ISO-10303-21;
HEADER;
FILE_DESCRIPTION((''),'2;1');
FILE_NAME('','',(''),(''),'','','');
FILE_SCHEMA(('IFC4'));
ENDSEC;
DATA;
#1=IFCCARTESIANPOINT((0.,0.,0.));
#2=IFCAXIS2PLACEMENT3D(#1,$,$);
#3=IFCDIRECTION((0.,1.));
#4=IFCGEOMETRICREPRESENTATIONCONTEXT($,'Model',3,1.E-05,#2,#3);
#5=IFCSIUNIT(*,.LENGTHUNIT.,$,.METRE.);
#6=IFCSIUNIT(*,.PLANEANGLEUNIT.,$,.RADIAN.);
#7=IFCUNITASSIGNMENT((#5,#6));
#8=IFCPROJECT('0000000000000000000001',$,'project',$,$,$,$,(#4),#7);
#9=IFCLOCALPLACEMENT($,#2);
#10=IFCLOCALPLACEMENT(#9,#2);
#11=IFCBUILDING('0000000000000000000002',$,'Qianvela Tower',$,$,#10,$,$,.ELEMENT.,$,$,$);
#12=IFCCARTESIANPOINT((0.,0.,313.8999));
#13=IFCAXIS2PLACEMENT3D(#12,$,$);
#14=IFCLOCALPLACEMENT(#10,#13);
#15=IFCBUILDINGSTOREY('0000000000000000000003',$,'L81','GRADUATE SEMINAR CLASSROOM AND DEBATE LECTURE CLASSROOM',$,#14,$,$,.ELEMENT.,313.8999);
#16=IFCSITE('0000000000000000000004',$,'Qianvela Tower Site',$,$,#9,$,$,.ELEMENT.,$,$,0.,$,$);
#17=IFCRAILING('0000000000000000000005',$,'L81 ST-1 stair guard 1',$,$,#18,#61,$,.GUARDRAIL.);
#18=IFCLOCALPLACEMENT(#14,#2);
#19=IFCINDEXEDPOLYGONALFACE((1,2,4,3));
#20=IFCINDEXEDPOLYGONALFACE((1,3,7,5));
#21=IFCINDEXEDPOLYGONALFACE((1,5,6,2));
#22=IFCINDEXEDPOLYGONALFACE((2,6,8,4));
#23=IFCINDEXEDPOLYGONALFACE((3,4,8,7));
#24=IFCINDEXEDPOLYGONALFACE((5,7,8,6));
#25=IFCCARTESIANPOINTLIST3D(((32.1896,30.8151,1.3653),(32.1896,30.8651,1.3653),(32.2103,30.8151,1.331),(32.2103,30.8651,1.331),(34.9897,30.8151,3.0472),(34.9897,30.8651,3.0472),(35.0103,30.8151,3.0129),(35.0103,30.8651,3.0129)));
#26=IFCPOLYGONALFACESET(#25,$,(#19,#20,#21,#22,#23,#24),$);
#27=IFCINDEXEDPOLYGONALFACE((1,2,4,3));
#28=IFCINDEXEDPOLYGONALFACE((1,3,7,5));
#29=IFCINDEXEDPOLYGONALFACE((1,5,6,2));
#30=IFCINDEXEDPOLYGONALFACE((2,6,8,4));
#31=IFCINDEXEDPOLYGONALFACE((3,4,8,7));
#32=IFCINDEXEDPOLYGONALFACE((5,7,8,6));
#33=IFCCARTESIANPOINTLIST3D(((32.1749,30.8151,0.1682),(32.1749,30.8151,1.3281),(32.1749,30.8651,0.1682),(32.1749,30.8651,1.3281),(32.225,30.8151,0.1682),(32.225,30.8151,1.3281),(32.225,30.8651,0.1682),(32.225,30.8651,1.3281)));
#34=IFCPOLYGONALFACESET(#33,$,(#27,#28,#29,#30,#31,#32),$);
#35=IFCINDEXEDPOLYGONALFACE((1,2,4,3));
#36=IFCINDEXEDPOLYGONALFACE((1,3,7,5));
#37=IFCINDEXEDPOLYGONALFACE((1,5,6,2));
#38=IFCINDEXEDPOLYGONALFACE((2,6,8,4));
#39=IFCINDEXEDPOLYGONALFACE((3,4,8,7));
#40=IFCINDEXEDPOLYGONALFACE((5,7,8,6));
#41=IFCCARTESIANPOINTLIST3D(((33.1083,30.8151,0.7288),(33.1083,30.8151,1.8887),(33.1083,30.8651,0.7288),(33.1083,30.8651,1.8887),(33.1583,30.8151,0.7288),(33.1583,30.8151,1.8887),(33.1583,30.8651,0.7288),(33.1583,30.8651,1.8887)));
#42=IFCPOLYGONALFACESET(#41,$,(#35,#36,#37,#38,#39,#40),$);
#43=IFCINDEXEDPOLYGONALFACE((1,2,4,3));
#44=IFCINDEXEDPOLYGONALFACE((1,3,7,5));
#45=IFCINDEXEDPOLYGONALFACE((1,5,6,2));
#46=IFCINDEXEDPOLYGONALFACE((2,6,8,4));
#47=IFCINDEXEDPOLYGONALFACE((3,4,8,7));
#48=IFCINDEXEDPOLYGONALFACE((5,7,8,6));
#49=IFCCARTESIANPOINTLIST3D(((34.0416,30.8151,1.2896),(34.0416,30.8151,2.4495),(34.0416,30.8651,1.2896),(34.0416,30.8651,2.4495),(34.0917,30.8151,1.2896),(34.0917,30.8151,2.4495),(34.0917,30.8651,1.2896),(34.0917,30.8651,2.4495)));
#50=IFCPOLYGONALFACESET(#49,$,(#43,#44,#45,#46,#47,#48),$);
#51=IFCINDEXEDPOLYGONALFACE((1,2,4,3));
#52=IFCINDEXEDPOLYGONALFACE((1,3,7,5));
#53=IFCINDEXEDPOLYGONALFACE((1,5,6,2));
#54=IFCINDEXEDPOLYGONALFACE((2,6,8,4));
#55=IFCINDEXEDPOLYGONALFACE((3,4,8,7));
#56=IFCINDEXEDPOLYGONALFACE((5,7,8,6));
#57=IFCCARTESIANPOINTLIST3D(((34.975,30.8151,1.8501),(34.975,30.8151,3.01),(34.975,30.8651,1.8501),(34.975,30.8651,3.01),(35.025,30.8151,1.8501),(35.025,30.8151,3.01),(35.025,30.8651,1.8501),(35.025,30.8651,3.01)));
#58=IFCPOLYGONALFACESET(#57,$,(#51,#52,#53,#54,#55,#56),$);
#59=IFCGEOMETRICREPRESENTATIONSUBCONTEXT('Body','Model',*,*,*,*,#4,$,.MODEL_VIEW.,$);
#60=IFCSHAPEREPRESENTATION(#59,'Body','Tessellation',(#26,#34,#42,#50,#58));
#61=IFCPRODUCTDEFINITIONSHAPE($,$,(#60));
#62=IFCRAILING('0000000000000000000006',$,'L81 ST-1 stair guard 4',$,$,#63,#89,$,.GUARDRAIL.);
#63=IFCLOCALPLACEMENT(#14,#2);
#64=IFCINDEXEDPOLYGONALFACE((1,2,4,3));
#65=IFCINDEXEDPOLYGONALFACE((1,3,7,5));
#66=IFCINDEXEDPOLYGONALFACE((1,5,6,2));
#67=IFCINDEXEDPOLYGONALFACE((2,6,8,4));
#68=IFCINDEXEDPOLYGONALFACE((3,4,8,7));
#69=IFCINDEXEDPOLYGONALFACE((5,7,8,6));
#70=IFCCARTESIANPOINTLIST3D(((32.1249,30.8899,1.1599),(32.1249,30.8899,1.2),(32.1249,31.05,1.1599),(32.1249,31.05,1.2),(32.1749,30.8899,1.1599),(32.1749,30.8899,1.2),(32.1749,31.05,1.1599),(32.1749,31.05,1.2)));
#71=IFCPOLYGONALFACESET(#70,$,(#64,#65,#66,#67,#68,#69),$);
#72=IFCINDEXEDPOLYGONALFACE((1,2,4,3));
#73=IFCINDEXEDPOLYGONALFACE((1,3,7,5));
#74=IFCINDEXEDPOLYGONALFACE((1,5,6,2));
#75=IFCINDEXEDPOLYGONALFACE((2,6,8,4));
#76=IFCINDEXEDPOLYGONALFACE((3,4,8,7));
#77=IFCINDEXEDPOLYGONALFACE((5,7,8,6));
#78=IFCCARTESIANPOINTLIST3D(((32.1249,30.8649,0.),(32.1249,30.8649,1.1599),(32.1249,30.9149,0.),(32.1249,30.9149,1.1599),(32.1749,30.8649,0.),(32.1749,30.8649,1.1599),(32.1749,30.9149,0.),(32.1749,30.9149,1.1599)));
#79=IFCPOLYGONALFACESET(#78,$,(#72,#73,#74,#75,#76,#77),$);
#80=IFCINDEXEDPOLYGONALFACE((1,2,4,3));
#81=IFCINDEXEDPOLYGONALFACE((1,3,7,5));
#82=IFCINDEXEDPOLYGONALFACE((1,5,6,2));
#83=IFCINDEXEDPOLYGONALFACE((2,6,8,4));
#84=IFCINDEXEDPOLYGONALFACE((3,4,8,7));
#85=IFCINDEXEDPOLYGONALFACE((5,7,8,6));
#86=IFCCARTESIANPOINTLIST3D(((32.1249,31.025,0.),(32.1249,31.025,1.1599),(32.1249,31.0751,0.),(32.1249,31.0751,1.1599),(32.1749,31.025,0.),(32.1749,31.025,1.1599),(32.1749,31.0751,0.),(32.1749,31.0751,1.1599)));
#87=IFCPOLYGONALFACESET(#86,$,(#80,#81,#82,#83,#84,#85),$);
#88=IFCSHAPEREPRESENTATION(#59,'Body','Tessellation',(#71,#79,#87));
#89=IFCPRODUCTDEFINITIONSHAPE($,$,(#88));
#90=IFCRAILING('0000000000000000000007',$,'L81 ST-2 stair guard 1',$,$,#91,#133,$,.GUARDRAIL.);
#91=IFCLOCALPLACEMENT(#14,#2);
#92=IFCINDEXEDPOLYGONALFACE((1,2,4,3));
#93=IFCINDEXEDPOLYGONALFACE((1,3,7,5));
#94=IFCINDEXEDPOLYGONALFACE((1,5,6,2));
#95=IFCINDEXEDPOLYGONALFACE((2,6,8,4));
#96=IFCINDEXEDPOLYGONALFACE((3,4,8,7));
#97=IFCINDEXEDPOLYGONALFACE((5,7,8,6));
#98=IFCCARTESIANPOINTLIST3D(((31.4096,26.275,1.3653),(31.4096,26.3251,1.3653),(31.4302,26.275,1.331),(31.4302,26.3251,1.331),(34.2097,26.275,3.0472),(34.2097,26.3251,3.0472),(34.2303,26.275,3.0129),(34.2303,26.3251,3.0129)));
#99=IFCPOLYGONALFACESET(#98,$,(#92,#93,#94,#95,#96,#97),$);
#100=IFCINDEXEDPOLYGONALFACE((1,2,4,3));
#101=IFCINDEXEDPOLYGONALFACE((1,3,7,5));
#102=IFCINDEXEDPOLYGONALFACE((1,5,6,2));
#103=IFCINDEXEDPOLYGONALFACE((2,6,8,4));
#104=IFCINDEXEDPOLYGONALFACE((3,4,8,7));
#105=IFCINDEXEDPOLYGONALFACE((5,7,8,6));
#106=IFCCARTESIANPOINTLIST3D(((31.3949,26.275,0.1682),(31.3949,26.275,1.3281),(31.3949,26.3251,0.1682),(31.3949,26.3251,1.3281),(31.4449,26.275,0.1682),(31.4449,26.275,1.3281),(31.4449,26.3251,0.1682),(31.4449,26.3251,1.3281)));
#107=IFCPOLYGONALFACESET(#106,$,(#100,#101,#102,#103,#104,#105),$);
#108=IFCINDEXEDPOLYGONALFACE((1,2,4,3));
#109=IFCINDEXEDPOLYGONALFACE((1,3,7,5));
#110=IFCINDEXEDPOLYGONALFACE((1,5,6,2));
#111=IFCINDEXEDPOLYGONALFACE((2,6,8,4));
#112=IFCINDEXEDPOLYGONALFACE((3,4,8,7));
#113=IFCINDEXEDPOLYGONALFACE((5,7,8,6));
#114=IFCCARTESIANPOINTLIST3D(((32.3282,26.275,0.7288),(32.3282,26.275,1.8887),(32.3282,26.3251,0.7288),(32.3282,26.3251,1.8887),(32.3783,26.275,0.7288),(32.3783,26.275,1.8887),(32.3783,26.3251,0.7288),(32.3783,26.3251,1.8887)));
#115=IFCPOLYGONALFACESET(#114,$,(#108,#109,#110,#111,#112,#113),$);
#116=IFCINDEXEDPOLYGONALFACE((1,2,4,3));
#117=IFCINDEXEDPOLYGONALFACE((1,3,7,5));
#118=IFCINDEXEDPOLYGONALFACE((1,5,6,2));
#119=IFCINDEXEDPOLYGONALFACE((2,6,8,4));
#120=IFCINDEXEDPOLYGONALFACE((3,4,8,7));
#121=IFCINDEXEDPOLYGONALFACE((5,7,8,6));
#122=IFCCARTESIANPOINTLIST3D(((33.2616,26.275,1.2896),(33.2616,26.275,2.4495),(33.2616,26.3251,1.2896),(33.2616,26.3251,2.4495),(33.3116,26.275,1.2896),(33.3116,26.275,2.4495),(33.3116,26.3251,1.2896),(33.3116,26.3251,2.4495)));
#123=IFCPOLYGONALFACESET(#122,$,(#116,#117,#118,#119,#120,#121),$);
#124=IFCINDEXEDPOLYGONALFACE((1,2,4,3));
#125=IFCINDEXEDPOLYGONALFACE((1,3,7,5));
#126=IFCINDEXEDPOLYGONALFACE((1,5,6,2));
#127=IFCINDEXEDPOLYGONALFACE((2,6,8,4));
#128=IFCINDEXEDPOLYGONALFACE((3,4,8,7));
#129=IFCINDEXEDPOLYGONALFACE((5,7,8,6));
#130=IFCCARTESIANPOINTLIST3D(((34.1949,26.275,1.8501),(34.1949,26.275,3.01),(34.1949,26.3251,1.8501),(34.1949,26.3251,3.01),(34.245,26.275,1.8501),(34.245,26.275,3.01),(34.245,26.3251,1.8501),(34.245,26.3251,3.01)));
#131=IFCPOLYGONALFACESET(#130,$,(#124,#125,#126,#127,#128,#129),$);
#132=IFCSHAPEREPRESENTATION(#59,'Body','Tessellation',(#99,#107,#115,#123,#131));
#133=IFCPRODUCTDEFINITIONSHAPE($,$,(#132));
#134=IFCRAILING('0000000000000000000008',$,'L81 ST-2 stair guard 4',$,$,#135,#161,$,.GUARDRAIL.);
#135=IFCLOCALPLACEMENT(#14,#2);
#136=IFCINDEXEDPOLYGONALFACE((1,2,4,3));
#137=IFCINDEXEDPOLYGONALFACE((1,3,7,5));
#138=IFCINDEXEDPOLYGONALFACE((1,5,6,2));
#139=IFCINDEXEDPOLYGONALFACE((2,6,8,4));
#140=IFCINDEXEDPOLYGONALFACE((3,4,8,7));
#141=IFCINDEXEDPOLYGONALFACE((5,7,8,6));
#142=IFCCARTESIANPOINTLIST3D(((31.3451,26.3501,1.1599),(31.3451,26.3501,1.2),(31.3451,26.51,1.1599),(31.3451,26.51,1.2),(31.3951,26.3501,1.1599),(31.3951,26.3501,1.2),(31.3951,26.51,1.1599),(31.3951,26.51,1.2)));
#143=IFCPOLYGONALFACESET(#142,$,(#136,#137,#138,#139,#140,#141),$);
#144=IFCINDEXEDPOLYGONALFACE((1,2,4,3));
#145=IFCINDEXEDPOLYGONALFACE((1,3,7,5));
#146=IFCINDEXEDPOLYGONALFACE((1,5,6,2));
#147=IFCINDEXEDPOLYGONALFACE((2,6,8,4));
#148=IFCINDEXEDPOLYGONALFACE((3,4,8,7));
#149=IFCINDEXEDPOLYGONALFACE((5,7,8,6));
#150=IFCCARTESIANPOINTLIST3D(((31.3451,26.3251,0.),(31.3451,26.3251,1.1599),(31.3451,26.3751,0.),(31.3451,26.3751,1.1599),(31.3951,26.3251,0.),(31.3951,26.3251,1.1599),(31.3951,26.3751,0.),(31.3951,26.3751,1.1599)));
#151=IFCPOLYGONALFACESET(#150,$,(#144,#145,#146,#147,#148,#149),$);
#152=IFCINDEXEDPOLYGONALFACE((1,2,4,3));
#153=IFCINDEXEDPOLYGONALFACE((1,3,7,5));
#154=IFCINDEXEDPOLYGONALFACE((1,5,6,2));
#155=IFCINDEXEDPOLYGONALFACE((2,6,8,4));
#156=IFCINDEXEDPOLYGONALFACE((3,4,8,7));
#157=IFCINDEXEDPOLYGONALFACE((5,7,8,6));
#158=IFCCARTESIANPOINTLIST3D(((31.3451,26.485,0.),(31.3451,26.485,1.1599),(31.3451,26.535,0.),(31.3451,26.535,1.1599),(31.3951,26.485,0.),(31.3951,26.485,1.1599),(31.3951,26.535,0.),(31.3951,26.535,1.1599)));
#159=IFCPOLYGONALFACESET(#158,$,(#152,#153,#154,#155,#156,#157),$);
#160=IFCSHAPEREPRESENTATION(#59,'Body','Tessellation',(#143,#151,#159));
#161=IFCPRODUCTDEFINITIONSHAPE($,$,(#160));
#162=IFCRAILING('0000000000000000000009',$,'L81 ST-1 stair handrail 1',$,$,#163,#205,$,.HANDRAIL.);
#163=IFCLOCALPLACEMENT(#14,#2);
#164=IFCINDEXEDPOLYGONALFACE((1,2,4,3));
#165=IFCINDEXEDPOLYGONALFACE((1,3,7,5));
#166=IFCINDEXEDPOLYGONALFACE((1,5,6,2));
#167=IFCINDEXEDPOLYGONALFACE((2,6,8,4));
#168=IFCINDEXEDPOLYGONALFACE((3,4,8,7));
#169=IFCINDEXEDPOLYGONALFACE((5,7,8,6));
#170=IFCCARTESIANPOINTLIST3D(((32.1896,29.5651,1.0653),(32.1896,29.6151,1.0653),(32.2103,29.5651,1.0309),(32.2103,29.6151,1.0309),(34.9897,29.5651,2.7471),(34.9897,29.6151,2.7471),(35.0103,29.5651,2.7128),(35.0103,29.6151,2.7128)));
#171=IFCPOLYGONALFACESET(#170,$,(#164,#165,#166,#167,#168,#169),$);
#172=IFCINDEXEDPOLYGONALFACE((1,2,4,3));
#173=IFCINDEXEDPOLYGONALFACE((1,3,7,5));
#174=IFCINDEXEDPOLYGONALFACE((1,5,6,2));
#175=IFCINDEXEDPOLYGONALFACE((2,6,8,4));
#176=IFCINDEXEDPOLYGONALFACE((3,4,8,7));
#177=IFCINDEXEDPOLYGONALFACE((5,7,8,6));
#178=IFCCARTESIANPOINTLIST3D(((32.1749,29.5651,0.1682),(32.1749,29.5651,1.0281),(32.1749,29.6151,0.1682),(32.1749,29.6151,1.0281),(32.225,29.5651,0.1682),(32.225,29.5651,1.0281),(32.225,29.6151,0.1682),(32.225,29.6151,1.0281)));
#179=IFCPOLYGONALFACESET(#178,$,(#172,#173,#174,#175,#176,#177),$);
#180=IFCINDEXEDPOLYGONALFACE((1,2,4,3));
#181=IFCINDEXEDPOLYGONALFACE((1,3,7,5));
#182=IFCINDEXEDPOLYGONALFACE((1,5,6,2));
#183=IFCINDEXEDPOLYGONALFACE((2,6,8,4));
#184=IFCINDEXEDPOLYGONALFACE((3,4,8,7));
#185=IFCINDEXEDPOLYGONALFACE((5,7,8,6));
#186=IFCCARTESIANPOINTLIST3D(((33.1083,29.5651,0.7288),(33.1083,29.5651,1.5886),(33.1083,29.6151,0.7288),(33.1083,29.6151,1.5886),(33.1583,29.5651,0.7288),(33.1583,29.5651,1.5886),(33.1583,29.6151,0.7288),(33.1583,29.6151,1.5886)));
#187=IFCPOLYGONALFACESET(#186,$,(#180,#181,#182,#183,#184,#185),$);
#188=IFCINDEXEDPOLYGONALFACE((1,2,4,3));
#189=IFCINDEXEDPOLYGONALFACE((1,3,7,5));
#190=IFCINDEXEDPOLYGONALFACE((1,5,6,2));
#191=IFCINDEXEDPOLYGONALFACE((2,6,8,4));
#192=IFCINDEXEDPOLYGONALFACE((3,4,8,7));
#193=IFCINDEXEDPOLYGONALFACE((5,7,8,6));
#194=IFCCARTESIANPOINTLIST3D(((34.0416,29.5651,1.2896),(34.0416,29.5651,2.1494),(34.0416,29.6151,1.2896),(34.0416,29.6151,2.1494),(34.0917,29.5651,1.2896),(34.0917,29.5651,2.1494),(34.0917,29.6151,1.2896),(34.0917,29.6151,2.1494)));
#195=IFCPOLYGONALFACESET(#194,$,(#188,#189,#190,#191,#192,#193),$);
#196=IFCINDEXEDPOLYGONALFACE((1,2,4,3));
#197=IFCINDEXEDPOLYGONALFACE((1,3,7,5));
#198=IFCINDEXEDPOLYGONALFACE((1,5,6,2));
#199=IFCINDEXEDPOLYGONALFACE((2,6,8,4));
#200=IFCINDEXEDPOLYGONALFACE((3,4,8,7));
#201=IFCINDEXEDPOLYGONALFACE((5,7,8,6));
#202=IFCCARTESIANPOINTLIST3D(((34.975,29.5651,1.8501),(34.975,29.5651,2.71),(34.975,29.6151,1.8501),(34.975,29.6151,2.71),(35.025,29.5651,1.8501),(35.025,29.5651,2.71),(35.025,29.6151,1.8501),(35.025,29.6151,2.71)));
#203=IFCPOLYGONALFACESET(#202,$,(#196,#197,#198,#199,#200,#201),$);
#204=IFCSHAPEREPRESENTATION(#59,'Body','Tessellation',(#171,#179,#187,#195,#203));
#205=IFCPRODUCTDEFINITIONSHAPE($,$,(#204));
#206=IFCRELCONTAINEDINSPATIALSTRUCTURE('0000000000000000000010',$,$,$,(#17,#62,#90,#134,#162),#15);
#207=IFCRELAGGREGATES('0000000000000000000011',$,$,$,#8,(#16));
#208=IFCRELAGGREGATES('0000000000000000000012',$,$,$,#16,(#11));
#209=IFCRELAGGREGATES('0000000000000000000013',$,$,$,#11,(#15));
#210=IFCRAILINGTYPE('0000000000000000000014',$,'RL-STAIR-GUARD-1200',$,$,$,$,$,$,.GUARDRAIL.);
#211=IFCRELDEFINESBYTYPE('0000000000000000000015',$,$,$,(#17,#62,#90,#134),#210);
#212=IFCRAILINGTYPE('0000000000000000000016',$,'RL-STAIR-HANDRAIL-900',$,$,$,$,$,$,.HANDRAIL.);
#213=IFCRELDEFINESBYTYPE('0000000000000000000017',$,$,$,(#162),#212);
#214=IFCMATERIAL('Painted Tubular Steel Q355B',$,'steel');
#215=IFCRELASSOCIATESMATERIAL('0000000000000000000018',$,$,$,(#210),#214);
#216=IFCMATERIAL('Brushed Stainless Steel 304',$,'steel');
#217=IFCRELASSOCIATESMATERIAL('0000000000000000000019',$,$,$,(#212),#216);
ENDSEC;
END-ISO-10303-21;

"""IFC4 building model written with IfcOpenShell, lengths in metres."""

from ifc_helpers import new_model, si_unit, direction, frame, origin, origin_2d, place, context, subcontext, project, spatial, rectangle, extrude, material, type_object, element, save


model = new_model("IFC4")

# Units and contexts
model_context = context("Model", 3, precision=1e-05, world=origin(), true_north=direction((0.0, 1.0)))
body_context = subcontext(model_context, "Body", "Model", "MODEL_VIEW")
ifc_project = project(units=[si_unit("LENGTHUNIT", "METRE"), si_unit("PLANEANGLEUNIT", "RADIAN")], contexts=[model_context])

# Site, building, storey
site_placement = place(None, origin())
site = spatial("IfcSite", under=ifc_project, at=site_placement, Name="Qianvela Tower Site", CompositionType="ELEMENT", RefElevation=0.0)
building_placement = place(site_placement, origin())
building = spatial("IfcBuilding", under=site, at=building_placement, Name="Qianvela Tower", CompositionType="ELEMENT")
storey_placement = place(building_placement, frame((0.0, 0.0, 313.8999)))
storey = spatial("IfcBuildingStorey", under=building, at=storey_placement, Name="L81", Description="GRADUATE SEMINAR CLASSROOM AND DEBATE LECTURE CLASSROOM", CompositionType="ELEMENT", Elevation=313.8999)

# Railings
ifc_material_1 = material(Name="Painted Tubular Steel Q355B", Category="steel")
railing_type_1 = type_object("IfcRailingType", Name="RL-STAIR-GUARD-1200", PredefinedType="GUARDRAIL", material=ifc_material_1)
railing_1_placement = place(storey_placement, frame((32.2, 30.8401, 0.1682)))
element("IfcRailing", 1, at=railing_1_placement, inside=storey, type_object=railing_type_1, Name="L81 ST-1 stair guard 1", PredefinedType="GUARDRAIL", context=body_context, shape_type="SweptSolid", body=[
    extrude(rectangle(XDim=0.05, YDim=0.04, at=origin_2d()), frame((0.0, 0.0, 1.1799), z_axis=(0.857242, 0.0, 0.514913), x_axis=(0.0, 1.0, 0.0)), (0.0, 0.0, 1.0), 3.2664),
    extrude(rectangle(XDim=0.05, YDim=0.05, at=origin_2d()), origin(), (0.0, 0.0, 1.0), 1.1599),
    extrude(rectangle(XDim=0.05, YDim=0.05, at=origin_2d()), frame((0.9333, 0.0, 0.5605)), (0.0, 0.0, 1.0), 1.1599),
    extrude(rectangle(XDim=0.05, YDim=0.05, at=origin_2d()), frame((1.8667, 0.0, 1.1213)), (0.0, 0.0, 1.0), 1.1599),
    extrude(rectangle(XDim=0.05, YDim=0.05, at=origin_2d()), frame((2.8, 0.0, 1.6819)), (0.0, 0.0, 1.0), 1.1599),
])
railing_2_placement = place(storey_placement, frame((32.1499, 30.8899, 0.0)))
element("IfcRailing", 2, at=railing_2_placement, inside=storey, type_object=railing_type_1, Name="L81 ST-1 stair guard 4", PredefinedType="GUARDRAIL", context=body_context, shape_type="SweptSolid", body=[
    extrude(rectangle(XDim=0.05, YDim=0.04, at=origin_2d()), frame((0.0, 0.0, 1.1799), z_axis=(0.0, 1.0, 0.0), x_axis=(-1.0, 0.0, 0.0)), (0.0, 0.0, 1.0), 0.1602),
    extrude(rectangle(XDim=0.05, YDim=0.05, at=origin_2d()), origin(), (0.0, 0.0, 1.0), 1.1599),
    extrude(rectangle(XDim=0.05, YDim=0.05, at=origin_2d()), frame((0.0, 0.1602, 0.0)), (0.0, 0.0, 1.0), 1.1599),
])
railing_3_placement = place(storey_placement, frame((31.4199, 26.3, 0.1682)))
element("IfcRailing", 3, at=railing_3_placement, inside=storey, type_object=railing_type_1, Name="L81 ST-2 stair guard 1", PredefinedType="GUARDRAIL", context=body_context, shape_type="SweptSolid", body=[
    extrude(rectangle(XDim=0.05, YDim=0.04, at=origin_2d()), frame((0.0, 0.0, 1.1799), z_axis=(0.857242, 0.0, 0.514913), x_axis=(0.0, 1.0, 0.0)), (0.0, 0.0, 1.0), 3.2664),
    extrude(rectangle(XDim=0.05, YDim=0.05, at=origin_2d()), origin(), (0.0, 0.0, 1.0), 1.1599),
    extrude(rectangle(XDim=0.05, YDim=0.05, at=origin_2d()), frame((0.9333, 0.0, 0.5605)), (0.0, 0.0, 1.0), 1.1599),
    extrude(rectangle(XDim=0.05, YDim=0.05, at=origin_2d()), frame((1.8667, 0.0, 1.1213)), (0.0, 0.0, 1.0), 1.1599),
    extrude(rectangle(XDim=0.05, YDim=0.05, at=origin_2d()), frame((2.8, 0.0, 1.6819)), (0.0, 0.0, 1.0), 1.1599),
])
railing_4_placement = place(storey_placement, frame((31.3701, 26.3501, 0.0)))
element("IfcRailing", 4, at=railing_4_placement, inside=storey, type_object=railing_type_1, Name="L81 ST-2 stair guard 4", PredefinedType="GUARDRAIL", context=body_context, shape_type="SweptSolid", body=[
    extrude(rectangle(XDim=0.05, YDim=0.04, at=origin_2d()), frame((0.0, 0.0, 1.1799), z_axis=(0.0, 1.0, 0.0), x_axis=(-1.0, 0.0, 0.0)), (0.0, 0.0, 1.0), 0.1599),
    extrude(rectangle(XDim=0.05, YDim=0.05, at=origin_2d()), origin(), (0.0, 0.0, 1.0), 1.1599),
    extrude(rectangle(XDim=0.05, YDim=0.05, at=origin_2d()), frame((0.0, 0.1599, 0.0)), (0.0, 0.0, 1.0), 1.1599),
])
ifc_material_2 = material(Name="Brushed Stainless Steel 304", Category="steel")
railing_type_2 = type_object("IfcRailingType", Name="RL-STAIR-HANDRAIL-900", PredefinedType="HANDRAIL", material=ifc_material_2)
for number, where, name in (
    (5, (32.2, 29.5901, 0.1682), "L81 ST-1 stair handrail 1"),
):
    element("IfcRailing", number, at=place(storey_placement, frame(where)), inside=storey, type_object=railing_type_2, Name=name, PredefinedType="HANDRAIL", context=body_context, shape_type="SweptSolid", body=[
        extrude(rectangle(XDim=0.05, YDim=0.04, at=origin_2d()), frame((0.0, 0.0, 0.8799), z_axis=(0.857242, 0.0, 0.514913), x_axis=(0.0, 1.0, 0.0)), (0.0, 0.0, 1.0), 3.2664),
        extrude(rectangle(XDim=0.05, YDim=0.05, at=origin_2d()), origin(), (0.0, 0.0, 1.0), 0.8599),
        extrude(rectangle(XDim=0.05, YDim=0.05, at=origin_2d()), frame((0.9333, 0.0, 0.5605)), (0.0, 0.0, 1.0), 0.8599),
        extrude(rectangle(XDim=0.05, YDim=0.05, at=origin_2d()), frame((1.8667, 0.0, 1.1213)), (0.0, 0.0, 1.0), 0.8599),
        extrude(rectangle(XDim=0.05, YDim=0.05, at=origin_2d()), frame((2.8, 0.0, 1.6819)), (0.0, 0.0, 1.0), 0.8599),
    ])

save(model, "model.ifc")
